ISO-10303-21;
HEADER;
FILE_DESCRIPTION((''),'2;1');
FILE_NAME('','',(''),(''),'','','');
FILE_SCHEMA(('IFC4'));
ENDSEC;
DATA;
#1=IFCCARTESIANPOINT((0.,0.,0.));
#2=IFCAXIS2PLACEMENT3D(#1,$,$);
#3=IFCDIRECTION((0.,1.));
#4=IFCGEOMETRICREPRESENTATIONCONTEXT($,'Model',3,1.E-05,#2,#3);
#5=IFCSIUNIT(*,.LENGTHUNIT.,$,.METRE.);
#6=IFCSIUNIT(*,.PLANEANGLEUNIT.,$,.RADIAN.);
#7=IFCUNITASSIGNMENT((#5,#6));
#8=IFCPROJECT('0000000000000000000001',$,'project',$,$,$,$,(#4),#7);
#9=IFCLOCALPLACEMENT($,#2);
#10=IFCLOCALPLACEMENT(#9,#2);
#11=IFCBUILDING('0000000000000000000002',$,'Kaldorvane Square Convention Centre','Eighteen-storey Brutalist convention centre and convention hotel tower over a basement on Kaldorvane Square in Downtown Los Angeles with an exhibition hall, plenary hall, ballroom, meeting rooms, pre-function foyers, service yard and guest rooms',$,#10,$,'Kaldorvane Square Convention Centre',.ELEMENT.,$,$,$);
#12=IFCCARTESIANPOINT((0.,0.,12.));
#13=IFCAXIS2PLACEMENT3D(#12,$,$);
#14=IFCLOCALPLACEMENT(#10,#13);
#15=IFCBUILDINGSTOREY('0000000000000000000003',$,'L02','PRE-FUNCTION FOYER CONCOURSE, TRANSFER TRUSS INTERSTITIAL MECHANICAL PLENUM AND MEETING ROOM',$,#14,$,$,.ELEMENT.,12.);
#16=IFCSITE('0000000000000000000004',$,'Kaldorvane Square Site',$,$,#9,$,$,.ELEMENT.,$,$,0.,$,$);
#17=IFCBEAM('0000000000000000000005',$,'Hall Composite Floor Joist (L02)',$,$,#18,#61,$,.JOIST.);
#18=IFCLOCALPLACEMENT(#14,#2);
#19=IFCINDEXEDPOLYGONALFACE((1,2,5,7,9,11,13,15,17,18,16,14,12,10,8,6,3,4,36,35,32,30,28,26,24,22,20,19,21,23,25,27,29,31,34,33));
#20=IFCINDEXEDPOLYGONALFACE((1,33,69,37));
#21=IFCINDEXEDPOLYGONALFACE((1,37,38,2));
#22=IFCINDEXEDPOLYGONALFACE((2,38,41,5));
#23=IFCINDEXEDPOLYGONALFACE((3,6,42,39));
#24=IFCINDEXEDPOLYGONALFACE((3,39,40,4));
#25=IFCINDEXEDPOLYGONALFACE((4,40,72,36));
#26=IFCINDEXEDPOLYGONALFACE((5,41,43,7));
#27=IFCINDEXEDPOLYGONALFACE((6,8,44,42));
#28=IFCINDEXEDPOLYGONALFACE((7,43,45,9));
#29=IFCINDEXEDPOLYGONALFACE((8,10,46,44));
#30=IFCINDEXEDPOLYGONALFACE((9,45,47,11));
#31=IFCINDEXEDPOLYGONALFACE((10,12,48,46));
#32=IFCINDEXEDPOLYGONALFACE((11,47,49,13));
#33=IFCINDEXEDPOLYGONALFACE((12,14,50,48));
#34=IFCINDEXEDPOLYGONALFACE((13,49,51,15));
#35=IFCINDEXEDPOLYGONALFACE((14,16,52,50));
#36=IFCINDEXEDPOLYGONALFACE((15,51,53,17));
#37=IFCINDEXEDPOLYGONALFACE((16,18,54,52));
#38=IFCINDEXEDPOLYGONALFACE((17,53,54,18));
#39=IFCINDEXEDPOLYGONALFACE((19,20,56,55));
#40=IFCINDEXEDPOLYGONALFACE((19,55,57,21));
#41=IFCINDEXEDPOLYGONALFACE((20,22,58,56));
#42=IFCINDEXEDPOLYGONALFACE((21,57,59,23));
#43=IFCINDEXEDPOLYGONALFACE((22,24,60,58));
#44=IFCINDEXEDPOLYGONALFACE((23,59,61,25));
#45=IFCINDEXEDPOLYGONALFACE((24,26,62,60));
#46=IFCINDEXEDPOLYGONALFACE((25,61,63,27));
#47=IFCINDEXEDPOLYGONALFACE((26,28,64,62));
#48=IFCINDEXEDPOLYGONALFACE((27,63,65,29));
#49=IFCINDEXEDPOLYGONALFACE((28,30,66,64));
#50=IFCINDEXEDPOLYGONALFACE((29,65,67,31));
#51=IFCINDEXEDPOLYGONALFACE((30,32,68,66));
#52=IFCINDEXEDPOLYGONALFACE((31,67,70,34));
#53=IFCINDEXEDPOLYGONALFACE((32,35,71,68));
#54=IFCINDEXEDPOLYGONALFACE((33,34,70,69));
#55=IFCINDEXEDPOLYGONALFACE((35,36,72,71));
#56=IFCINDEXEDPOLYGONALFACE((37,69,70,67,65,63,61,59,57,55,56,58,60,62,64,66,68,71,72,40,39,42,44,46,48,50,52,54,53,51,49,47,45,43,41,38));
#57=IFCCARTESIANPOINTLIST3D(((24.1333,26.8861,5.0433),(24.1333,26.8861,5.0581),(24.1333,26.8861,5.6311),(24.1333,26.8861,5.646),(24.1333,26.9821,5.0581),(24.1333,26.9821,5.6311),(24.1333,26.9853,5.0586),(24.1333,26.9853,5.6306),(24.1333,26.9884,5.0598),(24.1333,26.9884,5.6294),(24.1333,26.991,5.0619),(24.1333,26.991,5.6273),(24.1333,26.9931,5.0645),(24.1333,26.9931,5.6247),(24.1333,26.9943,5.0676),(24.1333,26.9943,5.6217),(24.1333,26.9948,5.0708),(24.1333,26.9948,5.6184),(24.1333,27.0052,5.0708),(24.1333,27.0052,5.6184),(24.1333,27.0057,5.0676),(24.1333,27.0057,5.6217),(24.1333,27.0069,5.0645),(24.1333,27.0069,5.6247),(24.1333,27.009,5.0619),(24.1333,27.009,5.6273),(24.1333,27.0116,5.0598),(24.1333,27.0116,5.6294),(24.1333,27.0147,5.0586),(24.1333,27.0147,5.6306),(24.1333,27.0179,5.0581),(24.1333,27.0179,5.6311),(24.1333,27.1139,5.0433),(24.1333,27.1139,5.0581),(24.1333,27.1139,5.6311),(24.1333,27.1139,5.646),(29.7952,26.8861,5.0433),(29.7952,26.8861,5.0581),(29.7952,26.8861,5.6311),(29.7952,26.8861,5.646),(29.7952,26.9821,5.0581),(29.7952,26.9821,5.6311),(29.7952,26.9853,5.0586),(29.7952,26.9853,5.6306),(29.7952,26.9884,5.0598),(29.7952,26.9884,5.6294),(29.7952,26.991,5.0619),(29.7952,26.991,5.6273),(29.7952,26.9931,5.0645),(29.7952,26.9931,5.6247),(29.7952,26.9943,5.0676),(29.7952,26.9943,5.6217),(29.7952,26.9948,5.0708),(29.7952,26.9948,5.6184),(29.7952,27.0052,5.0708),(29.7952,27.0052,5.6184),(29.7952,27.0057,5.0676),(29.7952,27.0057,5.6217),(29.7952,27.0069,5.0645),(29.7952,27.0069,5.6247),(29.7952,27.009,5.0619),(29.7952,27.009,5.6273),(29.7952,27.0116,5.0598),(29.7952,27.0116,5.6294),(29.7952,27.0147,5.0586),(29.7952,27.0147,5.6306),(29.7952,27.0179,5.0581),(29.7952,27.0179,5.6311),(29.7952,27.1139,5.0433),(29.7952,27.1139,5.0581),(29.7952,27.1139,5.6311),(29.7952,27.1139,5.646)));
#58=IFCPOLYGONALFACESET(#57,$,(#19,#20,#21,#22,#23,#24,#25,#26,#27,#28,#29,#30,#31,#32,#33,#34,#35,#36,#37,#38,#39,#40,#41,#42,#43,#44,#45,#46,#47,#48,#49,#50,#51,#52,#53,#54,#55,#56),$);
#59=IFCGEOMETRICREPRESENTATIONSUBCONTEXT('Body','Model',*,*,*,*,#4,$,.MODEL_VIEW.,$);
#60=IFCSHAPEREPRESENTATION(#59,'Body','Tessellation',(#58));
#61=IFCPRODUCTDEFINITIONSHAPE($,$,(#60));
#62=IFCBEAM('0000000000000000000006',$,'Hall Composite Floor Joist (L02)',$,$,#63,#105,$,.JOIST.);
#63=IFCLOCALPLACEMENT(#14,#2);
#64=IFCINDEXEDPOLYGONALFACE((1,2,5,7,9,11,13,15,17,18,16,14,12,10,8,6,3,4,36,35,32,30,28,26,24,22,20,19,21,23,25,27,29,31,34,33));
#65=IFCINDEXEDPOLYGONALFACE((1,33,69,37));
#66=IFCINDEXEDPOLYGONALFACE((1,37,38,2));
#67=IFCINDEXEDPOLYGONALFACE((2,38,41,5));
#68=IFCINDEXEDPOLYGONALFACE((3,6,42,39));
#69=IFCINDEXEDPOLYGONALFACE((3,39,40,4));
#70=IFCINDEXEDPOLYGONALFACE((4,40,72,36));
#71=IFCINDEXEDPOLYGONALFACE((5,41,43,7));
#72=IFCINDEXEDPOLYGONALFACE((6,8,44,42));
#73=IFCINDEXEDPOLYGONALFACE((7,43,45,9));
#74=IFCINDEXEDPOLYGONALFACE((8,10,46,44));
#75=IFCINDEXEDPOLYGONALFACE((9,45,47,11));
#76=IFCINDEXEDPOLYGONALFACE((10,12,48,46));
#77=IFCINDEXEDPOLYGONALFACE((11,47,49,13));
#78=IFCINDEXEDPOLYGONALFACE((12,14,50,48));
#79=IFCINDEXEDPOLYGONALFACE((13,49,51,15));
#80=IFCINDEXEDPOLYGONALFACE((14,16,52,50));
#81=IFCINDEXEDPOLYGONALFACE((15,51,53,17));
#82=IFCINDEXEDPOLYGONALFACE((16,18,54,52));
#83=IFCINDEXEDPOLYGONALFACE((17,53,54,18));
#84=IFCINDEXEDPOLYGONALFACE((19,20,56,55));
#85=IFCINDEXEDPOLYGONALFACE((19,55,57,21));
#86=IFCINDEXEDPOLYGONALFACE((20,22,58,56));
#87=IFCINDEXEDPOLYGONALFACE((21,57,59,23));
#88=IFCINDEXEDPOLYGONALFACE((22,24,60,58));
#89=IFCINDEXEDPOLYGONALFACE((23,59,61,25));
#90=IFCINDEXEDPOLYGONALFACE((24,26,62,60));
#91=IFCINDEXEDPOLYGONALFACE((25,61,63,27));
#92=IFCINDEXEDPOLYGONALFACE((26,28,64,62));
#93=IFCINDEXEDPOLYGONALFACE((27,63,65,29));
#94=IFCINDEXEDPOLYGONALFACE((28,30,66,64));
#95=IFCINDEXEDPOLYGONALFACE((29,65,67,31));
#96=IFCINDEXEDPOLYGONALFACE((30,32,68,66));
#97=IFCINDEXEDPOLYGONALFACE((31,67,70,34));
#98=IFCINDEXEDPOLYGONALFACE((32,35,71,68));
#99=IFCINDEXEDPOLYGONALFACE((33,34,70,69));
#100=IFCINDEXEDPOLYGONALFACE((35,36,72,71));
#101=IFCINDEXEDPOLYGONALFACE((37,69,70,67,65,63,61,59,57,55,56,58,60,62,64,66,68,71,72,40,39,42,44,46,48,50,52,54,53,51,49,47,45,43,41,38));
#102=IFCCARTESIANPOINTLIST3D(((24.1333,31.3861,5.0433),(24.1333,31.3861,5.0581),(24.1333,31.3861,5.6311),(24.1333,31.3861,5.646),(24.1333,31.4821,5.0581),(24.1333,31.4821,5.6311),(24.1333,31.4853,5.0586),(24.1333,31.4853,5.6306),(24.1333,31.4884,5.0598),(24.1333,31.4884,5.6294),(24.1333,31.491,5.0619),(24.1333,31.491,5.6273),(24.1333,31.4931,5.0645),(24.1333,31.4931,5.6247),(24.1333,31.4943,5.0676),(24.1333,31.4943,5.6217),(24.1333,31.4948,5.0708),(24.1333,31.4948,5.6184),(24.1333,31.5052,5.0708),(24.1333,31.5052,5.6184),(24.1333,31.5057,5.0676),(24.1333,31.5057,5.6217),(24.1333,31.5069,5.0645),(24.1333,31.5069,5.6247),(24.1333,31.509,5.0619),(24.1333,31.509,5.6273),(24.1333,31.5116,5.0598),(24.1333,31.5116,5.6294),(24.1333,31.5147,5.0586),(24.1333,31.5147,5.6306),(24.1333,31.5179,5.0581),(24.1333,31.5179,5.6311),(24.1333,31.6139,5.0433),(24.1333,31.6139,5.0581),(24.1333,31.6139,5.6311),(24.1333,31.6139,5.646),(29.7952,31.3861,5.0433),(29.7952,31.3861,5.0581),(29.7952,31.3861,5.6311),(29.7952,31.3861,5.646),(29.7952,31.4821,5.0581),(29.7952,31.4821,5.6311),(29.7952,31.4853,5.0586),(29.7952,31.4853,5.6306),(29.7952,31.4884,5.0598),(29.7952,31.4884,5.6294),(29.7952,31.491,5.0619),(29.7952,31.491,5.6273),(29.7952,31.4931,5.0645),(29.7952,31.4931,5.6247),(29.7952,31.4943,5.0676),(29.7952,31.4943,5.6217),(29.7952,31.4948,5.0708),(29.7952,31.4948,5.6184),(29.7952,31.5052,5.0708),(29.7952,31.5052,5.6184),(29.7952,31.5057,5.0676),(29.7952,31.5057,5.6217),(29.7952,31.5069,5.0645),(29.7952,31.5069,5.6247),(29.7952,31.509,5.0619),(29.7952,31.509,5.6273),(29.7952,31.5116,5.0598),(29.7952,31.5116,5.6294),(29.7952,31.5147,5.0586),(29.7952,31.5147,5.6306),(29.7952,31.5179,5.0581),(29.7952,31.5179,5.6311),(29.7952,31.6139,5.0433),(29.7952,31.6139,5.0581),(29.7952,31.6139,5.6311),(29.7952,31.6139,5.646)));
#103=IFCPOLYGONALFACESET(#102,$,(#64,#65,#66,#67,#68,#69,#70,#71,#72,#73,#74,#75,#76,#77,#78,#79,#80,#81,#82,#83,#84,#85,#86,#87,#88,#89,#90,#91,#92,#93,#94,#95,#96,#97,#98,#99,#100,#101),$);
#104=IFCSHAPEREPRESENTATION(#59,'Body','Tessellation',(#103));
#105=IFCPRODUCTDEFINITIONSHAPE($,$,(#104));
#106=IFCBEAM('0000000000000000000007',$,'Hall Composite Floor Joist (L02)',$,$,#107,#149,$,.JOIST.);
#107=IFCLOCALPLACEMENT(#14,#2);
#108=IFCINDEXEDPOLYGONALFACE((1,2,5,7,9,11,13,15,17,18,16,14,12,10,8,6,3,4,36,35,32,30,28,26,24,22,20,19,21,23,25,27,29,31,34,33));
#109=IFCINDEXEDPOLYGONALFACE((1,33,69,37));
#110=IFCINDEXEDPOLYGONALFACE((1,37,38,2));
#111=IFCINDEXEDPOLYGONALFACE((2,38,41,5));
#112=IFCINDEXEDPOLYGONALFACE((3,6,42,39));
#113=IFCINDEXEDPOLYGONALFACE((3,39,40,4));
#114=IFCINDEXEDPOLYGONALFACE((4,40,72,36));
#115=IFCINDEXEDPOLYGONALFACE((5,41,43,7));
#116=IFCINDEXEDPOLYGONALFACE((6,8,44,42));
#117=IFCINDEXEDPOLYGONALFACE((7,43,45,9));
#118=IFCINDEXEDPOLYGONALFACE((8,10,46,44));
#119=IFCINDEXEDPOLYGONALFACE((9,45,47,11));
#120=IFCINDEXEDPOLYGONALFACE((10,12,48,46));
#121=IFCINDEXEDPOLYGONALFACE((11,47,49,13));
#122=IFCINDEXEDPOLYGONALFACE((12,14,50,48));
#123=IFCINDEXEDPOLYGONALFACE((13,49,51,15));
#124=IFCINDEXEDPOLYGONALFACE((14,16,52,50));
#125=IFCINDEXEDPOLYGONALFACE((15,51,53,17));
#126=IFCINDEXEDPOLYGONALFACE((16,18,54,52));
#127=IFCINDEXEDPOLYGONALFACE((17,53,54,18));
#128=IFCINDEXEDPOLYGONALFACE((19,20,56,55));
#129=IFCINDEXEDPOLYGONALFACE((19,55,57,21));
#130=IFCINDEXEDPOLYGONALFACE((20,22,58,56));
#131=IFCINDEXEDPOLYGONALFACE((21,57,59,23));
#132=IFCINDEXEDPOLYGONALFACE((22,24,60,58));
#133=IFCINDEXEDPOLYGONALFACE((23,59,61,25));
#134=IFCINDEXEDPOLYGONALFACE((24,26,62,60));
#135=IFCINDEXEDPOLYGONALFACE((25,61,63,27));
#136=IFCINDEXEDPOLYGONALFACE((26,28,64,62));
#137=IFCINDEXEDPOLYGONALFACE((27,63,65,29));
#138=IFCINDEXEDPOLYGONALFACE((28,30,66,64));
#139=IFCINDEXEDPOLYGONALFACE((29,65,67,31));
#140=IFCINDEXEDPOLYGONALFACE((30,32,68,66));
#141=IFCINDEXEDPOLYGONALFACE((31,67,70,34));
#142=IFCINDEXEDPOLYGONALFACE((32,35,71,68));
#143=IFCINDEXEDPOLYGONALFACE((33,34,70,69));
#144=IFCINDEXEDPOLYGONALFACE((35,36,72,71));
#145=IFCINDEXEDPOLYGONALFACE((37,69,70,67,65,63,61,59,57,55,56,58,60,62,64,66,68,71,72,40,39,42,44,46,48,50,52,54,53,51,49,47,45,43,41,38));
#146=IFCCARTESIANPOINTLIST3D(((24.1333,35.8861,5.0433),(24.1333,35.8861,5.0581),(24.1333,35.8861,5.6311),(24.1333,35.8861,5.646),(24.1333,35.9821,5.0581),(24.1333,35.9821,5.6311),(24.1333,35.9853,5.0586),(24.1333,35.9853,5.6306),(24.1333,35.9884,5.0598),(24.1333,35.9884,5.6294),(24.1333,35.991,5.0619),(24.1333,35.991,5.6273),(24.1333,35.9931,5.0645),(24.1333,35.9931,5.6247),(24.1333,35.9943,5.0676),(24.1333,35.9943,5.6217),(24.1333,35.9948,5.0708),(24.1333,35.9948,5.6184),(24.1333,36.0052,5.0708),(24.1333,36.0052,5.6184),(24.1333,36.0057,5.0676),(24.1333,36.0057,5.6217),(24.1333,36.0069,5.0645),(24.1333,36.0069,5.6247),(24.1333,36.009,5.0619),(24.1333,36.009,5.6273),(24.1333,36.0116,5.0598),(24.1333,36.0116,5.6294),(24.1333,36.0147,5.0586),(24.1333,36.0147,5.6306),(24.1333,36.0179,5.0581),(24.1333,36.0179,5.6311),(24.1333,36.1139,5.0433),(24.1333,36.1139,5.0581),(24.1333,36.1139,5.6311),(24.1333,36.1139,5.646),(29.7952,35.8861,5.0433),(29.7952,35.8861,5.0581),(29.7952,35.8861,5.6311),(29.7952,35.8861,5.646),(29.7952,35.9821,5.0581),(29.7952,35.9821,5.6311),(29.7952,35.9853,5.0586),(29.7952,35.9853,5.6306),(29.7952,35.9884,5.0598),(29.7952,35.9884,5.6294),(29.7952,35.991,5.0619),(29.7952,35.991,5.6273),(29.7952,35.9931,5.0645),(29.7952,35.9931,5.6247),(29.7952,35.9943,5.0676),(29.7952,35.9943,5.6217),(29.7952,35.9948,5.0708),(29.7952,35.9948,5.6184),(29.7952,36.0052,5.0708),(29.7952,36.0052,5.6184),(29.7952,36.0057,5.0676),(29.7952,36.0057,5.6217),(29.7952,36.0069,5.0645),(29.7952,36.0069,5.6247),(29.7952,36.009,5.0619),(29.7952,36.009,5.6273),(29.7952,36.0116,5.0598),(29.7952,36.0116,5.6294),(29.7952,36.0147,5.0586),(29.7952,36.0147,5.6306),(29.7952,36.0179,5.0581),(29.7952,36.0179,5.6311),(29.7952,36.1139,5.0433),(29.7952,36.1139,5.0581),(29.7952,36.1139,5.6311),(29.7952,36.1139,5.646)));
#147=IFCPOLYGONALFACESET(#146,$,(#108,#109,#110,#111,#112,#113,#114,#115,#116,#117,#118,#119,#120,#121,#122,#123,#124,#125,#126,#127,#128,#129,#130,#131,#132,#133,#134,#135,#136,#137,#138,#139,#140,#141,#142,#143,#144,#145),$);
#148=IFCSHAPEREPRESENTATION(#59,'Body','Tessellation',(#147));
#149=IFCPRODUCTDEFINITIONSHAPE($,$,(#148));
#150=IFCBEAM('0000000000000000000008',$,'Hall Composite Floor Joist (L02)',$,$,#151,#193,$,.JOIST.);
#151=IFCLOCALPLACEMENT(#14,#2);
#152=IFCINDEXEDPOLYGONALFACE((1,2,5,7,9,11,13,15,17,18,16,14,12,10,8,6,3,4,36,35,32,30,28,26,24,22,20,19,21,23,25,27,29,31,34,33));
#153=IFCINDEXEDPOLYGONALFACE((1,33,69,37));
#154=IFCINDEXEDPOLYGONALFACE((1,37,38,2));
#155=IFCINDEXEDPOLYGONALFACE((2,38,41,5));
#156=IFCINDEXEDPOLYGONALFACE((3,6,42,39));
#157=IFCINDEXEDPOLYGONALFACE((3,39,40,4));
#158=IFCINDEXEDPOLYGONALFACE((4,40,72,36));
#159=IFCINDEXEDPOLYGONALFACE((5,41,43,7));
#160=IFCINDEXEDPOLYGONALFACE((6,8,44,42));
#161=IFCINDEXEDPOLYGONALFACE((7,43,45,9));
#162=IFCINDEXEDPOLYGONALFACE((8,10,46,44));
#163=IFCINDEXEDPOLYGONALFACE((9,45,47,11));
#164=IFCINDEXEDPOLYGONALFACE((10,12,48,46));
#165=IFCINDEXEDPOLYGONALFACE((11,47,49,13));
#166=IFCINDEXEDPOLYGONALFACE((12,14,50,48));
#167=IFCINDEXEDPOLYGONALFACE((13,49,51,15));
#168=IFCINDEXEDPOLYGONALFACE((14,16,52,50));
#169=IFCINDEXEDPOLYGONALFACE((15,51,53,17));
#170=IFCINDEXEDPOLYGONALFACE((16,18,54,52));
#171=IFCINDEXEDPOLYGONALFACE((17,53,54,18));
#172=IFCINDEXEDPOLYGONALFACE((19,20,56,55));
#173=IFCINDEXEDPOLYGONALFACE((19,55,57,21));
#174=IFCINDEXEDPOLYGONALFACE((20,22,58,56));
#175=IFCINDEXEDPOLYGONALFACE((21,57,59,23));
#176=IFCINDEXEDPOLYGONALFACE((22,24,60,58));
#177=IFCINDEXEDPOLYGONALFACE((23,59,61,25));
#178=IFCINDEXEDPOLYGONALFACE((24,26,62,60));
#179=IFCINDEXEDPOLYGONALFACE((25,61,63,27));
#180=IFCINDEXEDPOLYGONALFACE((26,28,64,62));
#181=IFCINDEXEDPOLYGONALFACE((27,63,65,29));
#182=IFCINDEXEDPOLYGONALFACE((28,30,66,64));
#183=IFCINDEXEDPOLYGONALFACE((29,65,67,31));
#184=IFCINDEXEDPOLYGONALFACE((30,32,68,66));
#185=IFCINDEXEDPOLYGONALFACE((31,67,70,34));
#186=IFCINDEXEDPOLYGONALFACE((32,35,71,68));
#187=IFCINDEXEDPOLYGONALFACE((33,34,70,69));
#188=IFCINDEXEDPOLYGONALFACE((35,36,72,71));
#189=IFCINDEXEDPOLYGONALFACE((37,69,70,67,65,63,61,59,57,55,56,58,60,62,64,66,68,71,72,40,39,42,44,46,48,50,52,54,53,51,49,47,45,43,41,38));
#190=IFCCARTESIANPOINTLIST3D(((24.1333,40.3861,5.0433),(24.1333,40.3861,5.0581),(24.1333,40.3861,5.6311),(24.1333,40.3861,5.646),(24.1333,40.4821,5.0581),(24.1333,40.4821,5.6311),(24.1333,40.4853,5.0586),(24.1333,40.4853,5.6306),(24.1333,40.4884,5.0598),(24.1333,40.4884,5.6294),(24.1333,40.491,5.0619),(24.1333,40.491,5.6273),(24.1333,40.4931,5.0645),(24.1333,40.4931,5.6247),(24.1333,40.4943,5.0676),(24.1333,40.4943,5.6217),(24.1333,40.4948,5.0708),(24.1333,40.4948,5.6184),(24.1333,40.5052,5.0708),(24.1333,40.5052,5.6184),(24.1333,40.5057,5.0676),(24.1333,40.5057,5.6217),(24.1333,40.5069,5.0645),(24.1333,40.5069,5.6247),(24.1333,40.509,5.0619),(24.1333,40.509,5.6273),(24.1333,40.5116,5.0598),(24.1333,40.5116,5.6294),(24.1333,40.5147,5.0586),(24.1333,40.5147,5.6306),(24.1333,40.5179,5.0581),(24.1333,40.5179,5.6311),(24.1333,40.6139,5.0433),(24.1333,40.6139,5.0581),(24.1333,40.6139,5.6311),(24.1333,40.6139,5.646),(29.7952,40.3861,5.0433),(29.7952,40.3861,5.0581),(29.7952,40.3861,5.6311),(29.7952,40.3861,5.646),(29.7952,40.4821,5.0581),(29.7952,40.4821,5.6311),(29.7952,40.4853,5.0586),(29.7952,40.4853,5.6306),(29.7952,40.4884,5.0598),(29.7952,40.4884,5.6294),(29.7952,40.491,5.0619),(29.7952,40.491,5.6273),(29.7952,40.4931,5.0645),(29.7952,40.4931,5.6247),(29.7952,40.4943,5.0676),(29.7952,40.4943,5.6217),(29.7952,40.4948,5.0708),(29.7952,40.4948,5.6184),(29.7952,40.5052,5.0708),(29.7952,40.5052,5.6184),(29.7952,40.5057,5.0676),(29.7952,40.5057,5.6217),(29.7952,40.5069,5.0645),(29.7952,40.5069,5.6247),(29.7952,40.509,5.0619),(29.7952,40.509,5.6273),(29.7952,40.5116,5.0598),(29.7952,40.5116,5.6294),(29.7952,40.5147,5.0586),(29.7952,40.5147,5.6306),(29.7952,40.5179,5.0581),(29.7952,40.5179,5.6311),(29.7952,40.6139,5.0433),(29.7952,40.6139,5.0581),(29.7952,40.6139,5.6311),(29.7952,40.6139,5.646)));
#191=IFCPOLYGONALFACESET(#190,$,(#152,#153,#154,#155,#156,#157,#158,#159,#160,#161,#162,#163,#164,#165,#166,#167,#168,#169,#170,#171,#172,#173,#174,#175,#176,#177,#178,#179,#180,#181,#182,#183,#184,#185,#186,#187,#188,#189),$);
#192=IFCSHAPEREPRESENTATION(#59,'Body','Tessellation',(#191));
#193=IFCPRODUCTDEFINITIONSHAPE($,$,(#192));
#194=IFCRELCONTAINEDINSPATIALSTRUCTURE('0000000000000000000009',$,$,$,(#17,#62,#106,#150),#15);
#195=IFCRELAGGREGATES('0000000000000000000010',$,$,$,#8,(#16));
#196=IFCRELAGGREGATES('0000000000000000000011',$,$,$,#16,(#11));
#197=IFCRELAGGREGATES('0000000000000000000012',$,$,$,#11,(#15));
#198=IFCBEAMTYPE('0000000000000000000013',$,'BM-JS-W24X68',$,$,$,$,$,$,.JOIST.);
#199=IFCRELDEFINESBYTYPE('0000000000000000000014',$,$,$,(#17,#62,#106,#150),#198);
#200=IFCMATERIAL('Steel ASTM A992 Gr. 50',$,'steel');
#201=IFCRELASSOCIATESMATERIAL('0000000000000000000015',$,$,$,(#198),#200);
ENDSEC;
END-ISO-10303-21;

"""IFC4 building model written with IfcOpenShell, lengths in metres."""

from ifc_helpers import new_model, si_unit, direction, frame, origin, origin_2d, place, context, subcontext, project, spatial, i_section, extrude, material, material_profile, profile_set, type_object, element, save


model = new_model("IFC4")

# Units and contexts
model_context = context("Model", 3, precision=1e-05, world=origin(), true_north=direction((0.0, 1.0)))
body_context = subcontext(model_context, "Body", "Model", "MODEL_VIEW")
ifc_project = project(units=[si_unit("LENGTHUNIT", "METRE"), si_unit("PLANEANGLEUNIT", "RADIAN")], contexts=[model_context])

# Site, building, storey
site_placement = place(None, origin())
site = spatial("IfcSite", under=ifc_project, at=site_placement, Name="Kaldorvane Square Site", CompositionType="ELEMENT", RefElevation=0.0)
building_placement = place(site_placement, origin())
building = spatial("IfcBuilding", under=site, at=building_placement, Name="Kaldorvane Square Convention Centre", Description="Eighteen-storey Brutalist convention centre and convention hotel tower over a basement on Kaldorvane Square in Downtown Los Angeles with an exhibition hall, plenary hall, ballroom, meeting rooms, pre-function foyers, service yard and guest rooms", LongName="Kaldorvane Square Convention Centre", CompositionType="ELEMENT")
storey_placement = place(building_placement, frame((0.0, 0.0, 12.0)))
storey = spatial("IfcBuildingStorey", under=building, at=storey_placement, Name="L02", Description="PRE-FUNCTION FOYER CONCOURSE, TRANSFER TRUSS INTERSTITIAL MECHANICAL PLENUM AND MEETING ROOM", CompositionType="ELEMENT", Elevation=12.0)

# Shared definitions
ifc_material_1 = material(Name="Steel ASTM A992 Gr. 50", Category="steel")

# Beams
ifc_material_profile_1 = material_profile(ifc_material_1, i_section(OverallWidth=0.2277, OverallDepth=0.6027, WebThickness=0.0105, FlangeThickness=0.0149, FilletRadius=0.0127, at=origin_2d()), Name="W24X68")
ifc_profile_set_1 = profile_set([ifc_material_profile_1], Name="Steel ASTM A992 Gr. 50")
beam_type_1 = type_object("IfcBeamType", Name="BM-JS-W24X68", PredefinedType="JOIST", material=ifc_profile_set_1)
for number, where, z_axis, x_axis, name in (
    (1, (24.1333, 27.0, 5.3446), (1.0, 0.0, 0.0), (0.0, 1.0, 0.0), "Hall Composite Floor Joist (L02)"),
    (2, (24.1333, 31.5, 5.3446), (1.0, 0.0, 0.0), (0.0, 1.0, 0.0), "Hall Composite Floor Joist (L02)"),
    (3, (24.1333, 36.0, 5.3446), (1.0, 0.0, 0.0), (0.0, 1.0, 0.0), "Hall Composite Floor Joist (L02)"),
    (4, (24.1333, 40.5, 5.3446), (1.0, 0.0, 0.0), (0.0, 1.0, 0.0), "Hall Composite Floor Joist (L02)"),
):
    element("IfcBeam", number, at=place(storey_placement, frame(where, z_axis=z_axis, x_axis=x_axis)), inside=storey, type_object=beam_type_1, Name=name, PredefinedType="JOIST", context=body_context, shape_type="SweptSolid", body=[
        extrude(i_section(OverallWidth=0.2277, OverallDepth=0.6027, WebThickness=0.0105, FlangeThickness=0.0149, FilletRadius=0.0127, at=origin_2d()), origin(), (0.0, 0.0, 1.0), 5.6619),
    ])

save(model, "model.ifc")
